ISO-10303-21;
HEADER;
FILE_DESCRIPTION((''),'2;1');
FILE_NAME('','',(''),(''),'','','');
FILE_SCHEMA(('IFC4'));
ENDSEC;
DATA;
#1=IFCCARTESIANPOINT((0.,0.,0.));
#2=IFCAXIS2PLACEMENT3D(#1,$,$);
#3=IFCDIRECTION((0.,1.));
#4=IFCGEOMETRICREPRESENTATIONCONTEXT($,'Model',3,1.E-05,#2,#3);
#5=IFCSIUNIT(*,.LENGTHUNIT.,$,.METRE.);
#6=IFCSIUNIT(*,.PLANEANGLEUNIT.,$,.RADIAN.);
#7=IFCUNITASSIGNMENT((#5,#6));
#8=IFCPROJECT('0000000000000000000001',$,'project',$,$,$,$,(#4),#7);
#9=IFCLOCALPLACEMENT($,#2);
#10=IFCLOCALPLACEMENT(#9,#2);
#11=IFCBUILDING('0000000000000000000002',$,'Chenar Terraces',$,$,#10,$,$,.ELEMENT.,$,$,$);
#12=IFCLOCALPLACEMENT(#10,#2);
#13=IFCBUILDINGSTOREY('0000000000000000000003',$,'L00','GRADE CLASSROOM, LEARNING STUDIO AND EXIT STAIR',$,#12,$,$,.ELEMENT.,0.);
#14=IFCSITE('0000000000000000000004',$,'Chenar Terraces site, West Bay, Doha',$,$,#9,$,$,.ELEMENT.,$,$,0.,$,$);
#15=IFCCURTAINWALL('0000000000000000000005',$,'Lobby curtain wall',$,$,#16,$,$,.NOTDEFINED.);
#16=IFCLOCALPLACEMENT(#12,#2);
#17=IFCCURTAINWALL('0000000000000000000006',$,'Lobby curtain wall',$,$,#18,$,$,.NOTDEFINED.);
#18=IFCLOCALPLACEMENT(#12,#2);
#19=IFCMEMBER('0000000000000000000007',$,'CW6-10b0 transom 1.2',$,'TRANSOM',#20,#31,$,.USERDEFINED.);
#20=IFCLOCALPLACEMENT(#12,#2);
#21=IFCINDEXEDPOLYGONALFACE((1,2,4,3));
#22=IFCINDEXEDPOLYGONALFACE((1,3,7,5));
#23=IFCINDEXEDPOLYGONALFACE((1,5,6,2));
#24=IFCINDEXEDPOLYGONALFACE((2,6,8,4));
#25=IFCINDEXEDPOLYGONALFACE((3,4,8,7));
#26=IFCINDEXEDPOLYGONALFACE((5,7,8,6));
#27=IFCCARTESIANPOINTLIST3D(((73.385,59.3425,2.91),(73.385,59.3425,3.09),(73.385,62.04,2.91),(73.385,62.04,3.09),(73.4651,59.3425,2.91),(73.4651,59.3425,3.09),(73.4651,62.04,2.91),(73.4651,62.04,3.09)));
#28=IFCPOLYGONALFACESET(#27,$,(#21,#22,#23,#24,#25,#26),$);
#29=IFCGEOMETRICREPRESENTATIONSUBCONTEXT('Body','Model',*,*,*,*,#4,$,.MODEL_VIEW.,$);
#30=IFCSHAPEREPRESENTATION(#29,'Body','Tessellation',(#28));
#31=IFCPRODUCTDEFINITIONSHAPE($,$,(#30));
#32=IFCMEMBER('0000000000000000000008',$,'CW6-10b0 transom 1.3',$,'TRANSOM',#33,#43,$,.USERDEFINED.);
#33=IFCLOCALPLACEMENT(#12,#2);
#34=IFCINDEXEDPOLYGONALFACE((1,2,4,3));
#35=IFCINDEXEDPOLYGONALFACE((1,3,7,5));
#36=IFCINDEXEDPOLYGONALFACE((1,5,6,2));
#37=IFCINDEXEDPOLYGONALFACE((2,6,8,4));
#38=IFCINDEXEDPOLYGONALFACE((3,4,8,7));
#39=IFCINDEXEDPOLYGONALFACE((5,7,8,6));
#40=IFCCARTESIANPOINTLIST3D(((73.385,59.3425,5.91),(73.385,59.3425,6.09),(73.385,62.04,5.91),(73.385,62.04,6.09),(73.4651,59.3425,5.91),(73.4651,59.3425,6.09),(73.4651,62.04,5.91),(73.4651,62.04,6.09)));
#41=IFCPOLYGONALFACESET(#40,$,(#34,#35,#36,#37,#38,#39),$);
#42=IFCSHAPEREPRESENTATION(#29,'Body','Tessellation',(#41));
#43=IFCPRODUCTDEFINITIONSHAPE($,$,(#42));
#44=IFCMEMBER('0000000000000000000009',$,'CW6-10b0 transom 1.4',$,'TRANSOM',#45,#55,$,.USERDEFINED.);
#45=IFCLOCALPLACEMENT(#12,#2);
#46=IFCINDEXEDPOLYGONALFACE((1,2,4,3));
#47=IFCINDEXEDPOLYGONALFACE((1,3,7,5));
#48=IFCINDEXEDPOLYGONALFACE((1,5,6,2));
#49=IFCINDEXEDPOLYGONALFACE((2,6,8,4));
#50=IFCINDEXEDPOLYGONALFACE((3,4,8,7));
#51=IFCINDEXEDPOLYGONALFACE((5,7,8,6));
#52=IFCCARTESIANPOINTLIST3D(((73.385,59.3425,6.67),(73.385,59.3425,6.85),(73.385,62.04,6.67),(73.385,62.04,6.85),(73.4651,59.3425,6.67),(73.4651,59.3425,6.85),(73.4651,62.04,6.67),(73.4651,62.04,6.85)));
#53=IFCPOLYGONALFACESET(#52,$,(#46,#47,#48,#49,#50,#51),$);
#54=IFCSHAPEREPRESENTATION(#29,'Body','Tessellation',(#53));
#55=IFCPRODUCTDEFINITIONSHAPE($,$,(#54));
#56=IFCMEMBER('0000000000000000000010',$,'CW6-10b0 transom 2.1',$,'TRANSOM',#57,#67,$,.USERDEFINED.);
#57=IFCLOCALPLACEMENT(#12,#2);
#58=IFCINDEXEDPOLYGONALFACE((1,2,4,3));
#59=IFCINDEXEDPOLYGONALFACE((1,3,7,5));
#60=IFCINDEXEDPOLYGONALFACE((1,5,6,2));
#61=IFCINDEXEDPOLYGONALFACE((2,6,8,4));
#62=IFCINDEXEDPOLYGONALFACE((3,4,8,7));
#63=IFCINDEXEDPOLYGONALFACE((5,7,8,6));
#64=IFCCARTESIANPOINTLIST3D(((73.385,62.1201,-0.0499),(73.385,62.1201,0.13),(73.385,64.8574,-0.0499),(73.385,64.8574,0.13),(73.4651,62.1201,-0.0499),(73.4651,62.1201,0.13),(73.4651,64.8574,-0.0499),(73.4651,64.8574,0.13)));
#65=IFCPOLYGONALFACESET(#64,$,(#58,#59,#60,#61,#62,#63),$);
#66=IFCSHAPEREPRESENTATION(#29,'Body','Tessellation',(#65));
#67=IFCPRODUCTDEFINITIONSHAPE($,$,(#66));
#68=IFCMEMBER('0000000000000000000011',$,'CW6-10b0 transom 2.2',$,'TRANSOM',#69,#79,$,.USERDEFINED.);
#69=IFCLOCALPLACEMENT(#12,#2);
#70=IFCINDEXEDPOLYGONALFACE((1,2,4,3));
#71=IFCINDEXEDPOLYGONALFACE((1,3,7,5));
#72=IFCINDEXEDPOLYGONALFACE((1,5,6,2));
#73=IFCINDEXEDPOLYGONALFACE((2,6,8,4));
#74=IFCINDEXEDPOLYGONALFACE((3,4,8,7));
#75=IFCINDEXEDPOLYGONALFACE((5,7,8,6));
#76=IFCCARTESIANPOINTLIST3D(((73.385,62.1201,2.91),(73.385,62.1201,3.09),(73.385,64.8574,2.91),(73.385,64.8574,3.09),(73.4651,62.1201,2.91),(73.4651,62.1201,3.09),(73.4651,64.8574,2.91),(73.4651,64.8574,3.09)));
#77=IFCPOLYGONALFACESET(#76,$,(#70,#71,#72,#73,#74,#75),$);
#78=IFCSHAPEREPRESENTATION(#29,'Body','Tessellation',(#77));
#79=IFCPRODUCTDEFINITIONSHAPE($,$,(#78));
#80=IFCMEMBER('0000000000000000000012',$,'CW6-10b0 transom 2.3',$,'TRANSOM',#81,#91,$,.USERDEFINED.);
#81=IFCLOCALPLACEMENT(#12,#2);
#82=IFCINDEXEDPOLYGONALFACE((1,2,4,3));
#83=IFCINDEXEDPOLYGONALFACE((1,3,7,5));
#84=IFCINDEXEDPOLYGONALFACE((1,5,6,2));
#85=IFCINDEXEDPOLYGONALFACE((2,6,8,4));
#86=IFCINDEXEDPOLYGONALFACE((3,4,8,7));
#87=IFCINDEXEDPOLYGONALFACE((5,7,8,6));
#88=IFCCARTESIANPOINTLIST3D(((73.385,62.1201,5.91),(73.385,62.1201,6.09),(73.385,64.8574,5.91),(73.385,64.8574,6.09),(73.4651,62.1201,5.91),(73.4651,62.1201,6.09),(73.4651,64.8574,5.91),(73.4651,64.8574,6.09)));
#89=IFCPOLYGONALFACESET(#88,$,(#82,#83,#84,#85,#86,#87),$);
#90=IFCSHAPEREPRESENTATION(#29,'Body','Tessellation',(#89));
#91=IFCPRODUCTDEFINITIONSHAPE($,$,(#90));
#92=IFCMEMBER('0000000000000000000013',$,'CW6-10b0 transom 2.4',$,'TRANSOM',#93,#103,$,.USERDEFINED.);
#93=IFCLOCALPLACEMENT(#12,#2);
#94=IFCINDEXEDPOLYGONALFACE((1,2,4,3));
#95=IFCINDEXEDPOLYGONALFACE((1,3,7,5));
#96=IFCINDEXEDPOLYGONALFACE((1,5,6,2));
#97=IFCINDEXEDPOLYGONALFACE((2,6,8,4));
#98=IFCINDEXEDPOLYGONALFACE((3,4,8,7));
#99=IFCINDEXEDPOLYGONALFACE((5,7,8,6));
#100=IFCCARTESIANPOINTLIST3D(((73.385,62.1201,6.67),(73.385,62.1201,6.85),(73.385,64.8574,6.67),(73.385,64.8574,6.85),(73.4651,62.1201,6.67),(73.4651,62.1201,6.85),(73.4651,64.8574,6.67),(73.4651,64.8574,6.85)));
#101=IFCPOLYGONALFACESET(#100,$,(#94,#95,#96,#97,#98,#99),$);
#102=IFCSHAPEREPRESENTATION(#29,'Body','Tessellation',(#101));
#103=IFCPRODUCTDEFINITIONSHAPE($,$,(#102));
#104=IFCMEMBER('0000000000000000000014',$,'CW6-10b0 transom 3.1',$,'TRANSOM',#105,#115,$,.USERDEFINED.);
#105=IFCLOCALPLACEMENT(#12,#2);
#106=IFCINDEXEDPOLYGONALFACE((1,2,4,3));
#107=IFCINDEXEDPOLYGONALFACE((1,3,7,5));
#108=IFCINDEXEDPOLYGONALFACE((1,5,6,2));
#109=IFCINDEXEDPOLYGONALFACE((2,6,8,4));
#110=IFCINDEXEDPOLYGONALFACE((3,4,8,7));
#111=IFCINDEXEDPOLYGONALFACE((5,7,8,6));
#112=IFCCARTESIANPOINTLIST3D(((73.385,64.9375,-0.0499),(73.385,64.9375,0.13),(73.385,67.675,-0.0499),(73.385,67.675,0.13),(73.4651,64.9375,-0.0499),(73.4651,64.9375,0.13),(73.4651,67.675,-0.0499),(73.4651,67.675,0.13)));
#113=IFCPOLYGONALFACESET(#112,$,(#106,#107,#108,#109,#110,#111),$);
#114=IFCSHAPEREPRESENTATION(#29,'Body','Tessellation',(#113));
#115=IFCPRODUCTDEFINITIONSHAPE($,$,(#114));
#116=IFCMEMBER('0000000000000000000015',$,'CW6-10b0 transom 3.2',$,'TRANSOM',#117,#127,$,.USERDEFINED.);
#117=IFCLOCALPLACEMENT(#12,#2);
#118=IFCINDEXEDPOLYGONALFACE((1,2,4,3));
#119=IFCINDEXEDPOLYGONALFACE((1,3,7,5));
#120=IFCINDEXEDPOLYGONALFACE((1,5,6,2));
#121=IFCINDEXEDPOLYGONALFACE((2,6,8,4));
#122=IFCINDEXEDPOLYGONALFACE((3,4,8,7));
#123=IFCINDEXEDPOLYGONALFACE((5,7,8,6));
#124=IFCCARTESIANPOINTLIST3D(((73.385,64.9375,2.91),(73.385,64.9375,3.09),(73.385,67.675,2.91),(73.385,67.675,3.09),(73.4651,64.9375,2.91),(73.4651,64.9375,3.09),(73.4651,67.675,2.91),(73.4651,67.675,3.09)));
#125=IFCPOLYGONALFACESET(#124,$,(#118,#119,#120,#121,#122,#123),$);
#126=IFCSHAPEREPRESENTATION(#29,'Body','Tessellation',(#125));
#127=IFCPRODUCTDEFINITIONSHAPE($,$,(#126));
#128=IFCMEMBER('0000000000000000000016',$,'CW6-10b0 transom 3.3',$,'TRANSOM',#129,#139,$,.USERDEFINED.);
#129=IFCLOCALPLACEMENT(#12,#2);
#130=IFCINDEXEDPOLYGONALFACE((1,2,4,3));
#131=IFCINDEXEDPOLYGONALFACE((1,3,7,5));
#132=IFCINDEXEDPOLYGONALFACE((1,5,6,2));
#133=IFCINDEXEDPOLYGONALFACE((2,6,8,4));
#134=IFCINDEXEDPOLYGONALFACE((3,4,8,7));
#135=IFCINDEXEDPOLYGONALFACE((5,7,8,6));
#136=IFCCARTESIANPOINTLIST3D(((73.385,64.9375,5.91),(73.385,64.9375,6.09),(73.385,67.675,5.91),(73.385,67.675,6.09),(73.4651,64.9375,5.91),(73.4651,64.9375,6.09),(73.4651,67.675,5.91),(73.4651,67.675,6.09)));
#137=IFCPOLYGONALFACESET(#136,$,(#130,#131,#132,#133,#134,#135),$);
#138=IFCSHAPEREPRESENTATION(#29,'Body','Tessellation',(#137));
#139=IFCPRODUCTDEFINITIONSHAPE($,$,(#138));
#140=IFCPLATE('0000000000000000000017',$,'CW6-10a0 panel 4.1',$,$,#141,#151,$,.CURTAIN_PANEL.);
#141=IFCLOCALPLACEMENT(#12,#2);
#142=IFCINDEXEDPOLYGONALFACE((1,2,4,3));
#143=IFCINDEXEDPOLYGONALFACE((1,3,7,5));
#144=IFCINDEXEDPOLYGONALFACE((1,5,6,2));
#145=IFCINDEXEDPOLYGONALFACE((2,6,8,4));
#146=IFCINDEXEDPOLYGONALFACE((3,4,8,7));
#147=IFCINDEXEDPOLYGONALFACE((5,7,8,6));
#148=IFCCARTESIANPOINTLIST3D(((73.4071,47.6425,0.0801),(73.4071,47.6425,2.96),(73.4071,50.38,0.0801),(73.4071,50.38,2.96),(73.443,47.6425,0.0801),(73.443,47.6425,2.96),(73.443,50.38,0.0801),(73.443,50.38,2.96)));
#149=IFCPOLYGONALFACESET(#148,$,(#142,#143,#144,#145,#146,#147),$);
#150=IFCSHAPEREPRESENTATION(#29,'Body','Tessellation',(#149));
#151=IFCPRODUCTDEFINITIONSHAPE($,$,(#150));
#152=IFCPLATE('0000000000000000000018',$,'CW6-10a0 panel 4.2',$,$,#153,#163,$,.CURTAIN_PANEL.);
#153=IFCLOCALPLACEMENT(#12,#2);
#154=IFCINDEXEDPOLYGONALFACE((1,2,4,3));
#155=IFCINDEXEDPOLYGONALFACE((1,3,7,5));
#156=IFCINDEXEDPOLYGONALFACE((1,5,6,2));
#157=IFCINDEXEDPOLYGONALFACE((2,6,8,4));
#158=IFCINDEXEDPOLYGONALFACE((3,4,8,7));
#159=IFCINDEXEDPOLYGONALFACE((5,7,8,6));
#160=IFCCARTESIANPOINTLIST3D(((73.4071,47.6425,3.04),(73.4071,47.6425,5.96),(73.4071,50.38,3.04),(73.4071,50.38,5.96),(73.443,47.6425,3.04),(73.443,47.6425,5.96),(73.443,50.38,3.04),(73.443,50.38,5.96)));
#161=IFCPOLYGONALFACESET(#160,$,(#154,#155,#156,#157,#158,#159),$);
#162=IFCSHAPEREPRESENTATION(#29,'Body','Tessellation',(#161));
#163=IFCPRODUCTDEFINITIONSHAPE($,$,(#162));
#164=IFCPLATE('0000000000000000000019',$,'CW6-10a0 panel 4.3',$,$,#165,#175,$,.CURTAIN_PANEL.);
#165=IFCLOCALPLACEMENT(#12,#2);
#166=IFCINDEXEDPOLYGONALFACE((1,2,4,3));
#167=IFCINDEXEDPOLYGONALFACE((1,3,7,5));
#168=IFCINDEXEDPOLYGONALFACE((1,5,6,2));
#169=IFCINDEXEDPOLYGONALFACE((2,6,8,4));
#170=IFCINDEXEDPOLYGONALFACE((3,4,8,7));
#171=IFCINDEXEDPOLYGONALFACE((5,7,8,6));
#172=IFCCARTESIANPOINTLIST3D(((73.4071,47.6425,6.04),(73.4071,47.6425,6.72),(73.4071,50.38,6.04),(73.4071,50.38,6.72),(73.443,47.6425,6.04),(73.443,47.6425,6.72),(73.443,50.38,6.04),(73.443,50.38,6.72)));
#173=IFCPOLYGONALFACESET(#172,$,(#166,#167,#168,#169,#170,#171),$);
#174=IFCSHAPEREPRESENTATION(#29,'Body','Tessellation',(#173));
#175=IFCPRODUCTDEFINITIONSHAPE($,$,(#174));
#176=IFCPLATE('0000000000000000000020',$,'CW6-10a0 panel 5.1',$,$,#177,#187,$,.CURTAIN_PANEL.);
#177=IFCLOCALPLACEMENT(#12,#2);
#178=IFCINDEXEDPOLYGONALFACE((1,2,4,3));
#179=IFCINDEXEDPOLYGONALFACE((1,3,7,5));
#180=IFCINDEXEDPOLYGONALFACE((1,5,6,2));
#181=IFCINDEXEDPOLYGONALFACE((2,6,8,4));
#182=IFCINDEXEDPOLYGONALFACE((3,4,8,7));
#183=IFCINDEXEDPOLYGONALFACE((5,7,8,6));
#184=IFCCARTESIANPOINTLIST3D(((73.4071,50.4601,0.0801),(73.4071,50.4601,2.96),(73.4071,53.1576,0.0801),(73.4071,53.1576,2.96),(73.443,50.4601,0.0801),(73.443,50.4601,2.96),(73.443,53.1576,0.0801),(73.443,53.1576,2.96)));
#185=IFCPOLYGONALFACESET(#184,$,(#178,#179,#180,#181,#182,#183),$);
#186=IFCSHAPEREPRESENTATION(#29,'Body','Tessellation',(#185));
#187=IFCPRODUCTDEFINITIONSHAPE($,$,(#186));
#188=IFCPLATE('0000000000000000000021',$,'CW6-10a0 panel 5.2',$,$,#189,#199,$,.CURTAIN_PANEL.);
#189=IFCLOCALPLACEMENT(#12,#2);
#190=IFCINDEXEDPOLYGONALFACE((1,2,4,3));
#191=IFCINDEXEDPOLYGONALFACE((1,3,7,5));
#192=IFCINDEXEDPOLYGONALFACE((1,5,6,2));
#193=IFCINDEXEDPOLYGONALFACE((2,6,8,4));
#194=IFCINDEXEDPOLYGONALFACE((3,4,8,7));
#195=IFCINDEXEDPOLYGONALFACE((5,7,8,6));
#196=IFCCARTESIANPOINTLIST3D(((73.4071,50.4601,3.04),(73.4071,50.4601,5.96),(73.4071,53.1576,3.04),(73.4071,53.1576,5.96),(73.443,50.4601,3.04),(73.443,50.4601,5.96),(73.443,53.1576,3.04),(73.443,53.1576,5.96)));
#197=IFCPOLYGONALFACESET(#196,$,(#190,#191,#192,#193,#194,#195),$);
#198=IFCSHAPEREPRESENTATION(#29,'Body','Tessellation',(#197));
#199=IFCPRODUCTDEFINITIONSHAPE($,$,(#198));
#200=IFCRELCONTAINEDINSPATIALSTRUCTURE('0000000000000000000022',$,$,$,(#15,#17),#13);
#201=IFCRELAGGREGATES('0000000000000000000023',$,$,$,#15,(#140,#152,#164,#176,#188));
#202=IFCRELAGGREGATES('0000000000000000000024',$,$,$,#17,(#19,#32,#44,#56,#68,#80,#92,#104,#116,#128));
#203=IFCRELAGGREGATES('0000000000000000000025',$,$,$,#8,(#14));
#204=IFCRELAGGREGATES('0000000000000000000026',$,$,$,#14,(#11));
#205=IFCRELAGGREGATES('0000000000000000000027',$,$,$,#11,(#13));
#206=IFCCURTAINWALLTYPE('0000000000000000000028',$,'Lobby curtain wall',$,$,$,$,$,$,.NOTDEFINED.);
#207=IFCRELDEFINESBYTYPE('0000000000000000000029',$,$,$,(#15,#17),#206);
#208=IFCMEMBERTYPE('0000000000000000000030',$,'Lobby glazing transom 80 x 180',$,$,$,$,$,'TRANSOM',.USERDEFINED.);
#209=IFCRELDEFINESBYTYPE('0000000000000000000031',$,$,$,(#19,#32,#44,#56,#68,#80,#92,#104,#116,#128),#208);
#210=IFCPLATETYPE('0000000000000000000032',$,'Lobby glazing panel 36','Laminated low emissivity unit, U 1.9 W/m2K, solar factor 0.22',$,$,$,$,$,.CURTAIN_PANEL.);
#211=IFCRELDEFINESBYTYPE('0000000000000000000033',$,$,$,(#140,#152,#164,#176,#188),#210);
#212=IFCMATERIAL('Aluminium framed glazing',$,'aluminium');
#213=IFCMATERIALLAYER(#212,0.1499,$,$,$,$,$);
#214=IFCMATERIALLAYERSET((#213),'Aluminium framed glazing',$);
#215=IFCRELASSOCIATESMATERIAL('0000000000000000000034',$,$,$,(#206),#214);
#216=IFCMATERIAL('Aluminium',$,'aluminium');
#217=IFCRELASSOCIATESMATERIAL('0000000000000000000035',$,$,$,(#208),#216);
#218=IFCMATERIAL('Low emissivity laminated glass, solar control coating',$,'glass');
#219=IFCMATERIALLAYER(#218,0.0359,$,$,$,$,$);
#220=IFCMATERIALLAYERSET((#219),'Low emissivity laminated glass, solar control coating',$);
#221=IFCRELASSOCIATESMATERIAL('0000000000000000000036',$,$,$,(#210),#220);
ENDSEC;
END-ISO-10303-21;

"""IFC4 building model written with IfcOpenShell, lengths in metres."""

from ifc_helpers import new_model, si_unit, direction, frame, origin, origin_2d, place, context, subcontext, project, spatial, rectangle, extrude, material, layer, layer_set, material_profile, profile_set, type_object, element, aggregate, save


model = new_model("IFC4")

# Units and contexts
model_context = context("Model", 3, precision=1e-05, world=origin(), true_north=direction((0.0, 1.0)))
body_context = subcontext(model_context, "Body", "Model", "MODEL_VIEW")
ifc_project = project(units=[si_unit("LENGTHUNIT", "METRE"), si_unit("PLANEANGLEUNIT", "RADIAN")], contexts=[model_context])

# Site, building, storey
site_placement = place(None, origin())
site = spatial("IfcSite", under=ifc_project, at=site_placement, Name="Chenar Terraces site, West Bay, Doha", CompositionType="ELEMENT", RefElevation=0.0)
building_placement = place(site_placement, origin())
building = spatial("IfcBuilding", under=site, at=building_placement, Name="Chenar Terraces", CompositionType="ELEMENT")
storey_placement = place(building_placement, origin())
storey = spatial("IfcBuildingStorey", under=building, at=storey_placement, Name="L00", Description="GRADE CLASSROOM, LEARNING STUDIO AND EXIT STAIR", CompositionType="ELEMENT", Elevation=0.0)

# Curtain walls
ifc_material_1 = material(Name="Aluminium framed glazing", Category="aluminium")
ifc_layer_1 = layer(ifc_material_1, 0.1499)
ifc_layer_set_1 = layer_set([ifc_layer_1], Name="Aluminium framed glazing")
curtain_wall_type = type_object("IfcCurtainWallType", Name="Lobby curtain wall", PredefinedType="NOTDEFINED", material=ifc_layer_set_1)
placement = place(storey_placement, origin())
curtain_wall_1 = element("IfcCurtainWall", 1, at=placement, inside=storey, type_object=curtain_wall_type, Name="Lobby curtain wall", PredefinedType="NOTDEFINED")
curtain_wall_2 = element("IfcCurtainWall", 2, at=placement, inside=storey, type_object=curtain_wall_type, Name="Lobby curtain wall", PredefinedType="NOTDEFINED")

# Members
ifc_material_2 = material(Name="Aluminium", Category="aluminium")
ifc_material_profile_1 = material_profile(ifc_material_2, rectangle(XDim=0.0801, YDim=0.1799, at=origin_2d()), Name="Lobby glazing transom 80 x 180")
ifc_profile_set_1 = profile_set([ifc_material_profile_1], Name="Aluminium")
member_type_1 = type_object("IfcMemberType", Name="Lobby glazing transom 80 x 180", ElementType="TRANSOM", PredefinedType="USERDEFINED", material=ifc_profile_set_1)
member_1_placement = place(storey_placement, frame((73.425, 59.3425, 3.0), z_axis=(0.0, 1.0, 0.0), x_axis=(-1.0, 0.0, 0.0)))
member_1 = element("IfcMember", 3, at=member_1_placement, type_object=member_type_1, Name="CW6-10b0 transom 1.2", ObjectType="TRANSOM", PredefinedType="USERDEFINED", context=body_context, shape_type="SweptSolid", body=[
    extrude(rectangle(XDim=0.0801, YDim=0.1799, at=origin_2d()), origin(), (0.0, 0.0, 1.0), 2.6975),
])
member_2_placement = place(storey_placement, frame((73.425, 59.3425, 6.0), z_axis=(0.0, 1.0, 0.0), x_axis=(-1.0, 0.0, 0.0)))
member_2 = element("IfcMember", 4, at=member_2_placement, type_object=member_type_1, Name="CW6-10b0 transom 1.3", ObjectType="TRANSOM", PredefinedType="USERDEFINED", context=body_context, shape_type="SweptSolid", body=[
    extrude(rectangle(XDim=0.0801, YDim=0.1799, at=origin_2d()), origin(), (0.0, 0.0, 1.0), 2.6975),
])
member_3_placement = place(storey_placement, frame((73.425, 59.3425, 6.76), z_axis=(0.0, 1.0, 0.0), x_axis=(-1.0, 0.0, 0.0)))
member_3 = element("IfcMember", 5, at=member_3_placement, type_object=member_type_1, Name="CW6-10b0 transom 1.4", ObjectType="TRANSOM", PredefinedType="USERDEFINED", context=body_context, shape_type="SweptSolid", body=[
    extrude(rectangle(XDim=0.0801, YDim=0.1799, at=origin_2d()), origin(), (0.0, 0.0, 1.0), 2.6975),
])
member_4_placement = place(storey_placement, frame((73.425, 62.1201, 0.04), z_axis=(0.0, 1.0, 0.0), x_axis=(-1.0, 0.0, 0.0)))
member_4 = element("IfcMember", 6, at=member_4_placement, type_object=member_type_1, Name="CW6-10b0 transom 2.1", ObjectType="TRANSOM", PredefinedType="USERDEFINED", context=body_context, shape_type="SweptSolid", body=[
    extrude(rectangle(XDim=0.0801, YDim=0.1799, at=origin_2d()), origin(), (0.0, 0.0, 1.0), 2.7373),
])
member_5_placement = place(storey_placement, frame((73.425, 62.1201, 3.0), z_axis=(0.0, 1.0, 0.0), x_axis=(-1.0, 0.0, 0.0)))
member_5 = element("IfcMember", 7, at=member_5_placement, type_object=member_type_1, Name="CW6-10b0 transom 2.2", ObjectType="TRANSOM", PredefinedType="USERDEFINED", context=body_context, shape_type="SweptSolid", body=[
    extrude(rectangle(XDim=0.0801, YDim=0.1799, at=origin_2d()), origin(), (0.0, 0.0, 1.0), 2.7373),
])
member_6_placement = place(storey_placement, frame((73.425, 62.1201, 6.0), z_axis=(0.0, 1.0, 0.0), x_axis=(-1.0, 0.0, 0.0)))
member_6 = element("IfcMember", 8, at=member_6_placement, type_object=member_type_1, Name="CW6-10b0 transom 2.3", ObjectType="TRANSOM", PredefinedType="USERDEFINED", context=body_context, shape_type="SweptSolid", body=[
    extrude(rectangle(XDim=0.0801, YDim=0.1799, at=origin_2d()), origin(), (0.0, 0.0, 1.0), 2.7373),
])
member_7_placement = place(storey_placement, frame((73.425, 62.1201, 6.76), z_axis=(0.0, 1.0, 0.0), x_axis=(-1.0, 0.0, 0.0)))
member_7 = element("IfcMember", 9, at=member_7_placement, type_object=member_type_1, Name="CW6-10b0 transom 2.4", ObjectType="TRANSOM", PredefinedType="USERDEFINED", context=body_context, shape_type="SweptSolid", body=[
    extrude(rectangle(XDim=0.0801, YDim=0.1799, at=origin_2d()), origin(), (0.0, 0.0, 1.0), 2.7373),
])
member_8_placement = place(storey_placement, frame((73.425, 64.9375, 0.04), z_axis=(0.0, 1.0, 0.0), x_axis=(-1.0, 0.0, 0.0)))
member_8 = element("IfcMember", 10, at=member_8_placement, type_object=member_type_1, Name="CW6-10b0 transom 3.1", ObjectType="TRANSOM", PredefinedType="USERDEFINED", context=body_context, shape_type="SweptSolid", body=[
    extrude(rectangle(XDim=0.0801, YDim=0.1799, at=origin_2d()), origin(), (0.0, 0.0, 1.0), 2.7375),
])
member_9_placement = place(storey_placement, frame((73.425, 64.9375, 3.0), z_axis=(0.0, 1.0, 0.0), x_axis=(-1.0, 0.0, 0.0)))
member_9 = element("IfcMember", 11, at=member_9_placement, type_object=member_type_1, Name="CW6-10b0 transom 3.2", ObjectType="TRANSOM", PredefinedType="USERDEFINED", context=body_context, shape_type="SweptSolid", body=[
    extrude(rectangle(XDim=0.0801, YDim=0.1799, at=origin_2d()), origin(), (0.0, 0.0, 1.0), 2.7375),
])
member_10_placement = place(storey_placement, frame((73.425, 64.9375, 6.0), z_axis=(0.0, 1.0, 0.0), x_axis=(-1.0, 0.0, 0.0)))
member_10 = element("IfcMember", 12, at=member_10_placement, type_object=member_type_1, Name="CW6-10b0 transom 3.3", ObjectType="TRANSOM", PredefinedType="USERDEFINED", context=body_context, shape_type="SweptSolid", body=[
    extrude(rectangle(XDim=0.0801, YDim=0.1799, at=origin_2d()), origin(), (0.0, 0.0, 1.0), 2.7375),
])

# Plates
ifc_material_3 = material(Name="Low emissivity laminated glass, solar control coating", Category="glass")
ifc_layer_2 = layer(ifc_material_3, 0.0359)
ifc_layer_set_2 = layer_set([ifc_layer_2], Name="Low emissivity laminated glass, solar control coating")
plate_type = type_object("IfcPlateType", Name="Lobby glazing panel 36", Description="Laminated low emissivity unit, U 1.9 W/m2K, solar factor 0.22", PredefinedType="CURTAIN_PANEL", material=ifc_layer_set_2)
plate_1_placement = place(storey_placement, frame((73.425, 49.0112, 0.0801), z_axis=(0.0, 0.0, 1.0), x_axis=(0.0, 1.0, 0.0)))
plate_1 = element("IfcPlate", 13, at=plate_1_placement, type_object=plate_type, Name="CW6-10a0 panel 4.1", PredefinedType="CURTAIN_PANEL", context=body_context, shape_type="SweptSolid", body=[
    extrude(rectangle(XDim=2.7375, YDim=0.0359, at=origin_2d()), origin(), (0.0, 0.0, 1.0), 2.8799),
])
plate_2_placement = place(storey_placement, frame((73.425, 49.0112, 3.04), z_axis=(0.0, 0.0, 1.0), x_axis=(0.0, 1.0, 0.0)))
plate_2 = element("IfcPlate", 14, at=plate_2_placement, type_object=plate_type, Name="CW6-10a0 panel 4.2", PredefinedType="CURTAIN_PANEL", context=body_context, shape_type="SweptSolid", body=[
    extrude(rectangle(XDim=2.7375, YDim=0.0359, at=origin_2d()), origin(), (0.0, 0.0, 1.0), 2.9199),
])
plate_3_placement = place(storey_placement, frame((73.425, 49.0112, 6.04), z_axis=(0.0, 0.0, 1.0), x_axis=(0.0, 1.0, 0.0)))
plate_3 = element("IfcPlate", 15, at=plate_3_placement, type_object=plate_type, Name="CW6-10a0 panel 4.3", PredefinedType="CURTAIN_PANEL", context=body_context, shape_type="SweptSolid", body=[
    extrude(rectangle(XDim=2.7375, YDim=0.0359, at=origin_2d()), origin(), (0.0, 0.0, 1.0), 0.6799),
])
plate_4_placement = place(storey_placement, frame((73.425, 51.8088, 0.0801), z_axis=(0.0, 0.0, 1.0), x_axis=(0.0, 1.0, 0.0)))
plate_4 = element("IfcPlate", 16, at=plate_4_placement, type_object=plate_type, Name="CW6-10a0 panel 5.1", PredefinedType="CURTAIN_PANEL", context=body_context, shape_type="SweptSolid", body=[
    extrude(rectangle(XDim=2.6975, YDim=0.0359, at=origin_2d()), origin(), (0.0, 0.0, 1.0), 2.8799),
])
plate_5_placement = place(storey_placement, frame((73.425, 51.8088, 3.04), z_axis=(0.0, 0.0, 1.0), x_axis=(0.0, 1.0, 0.0)))
plate_5 = element("IfcPlate", 17, at=plate_5_placement, type_object=plate_type, Name="CW6-10a0 panel 5.2", PredefinedType="CURTAIN_PANEL", context=body_context, shape_type="SweptSolid", body=[
    extrude(rectangle(XDim=2.6975, YDim=0.0359, at=origin_2d()), origin(), (0.0, 0.0, 1.0), 2.9199),
])
aggregate(curtain_wall_1, [plate_1, plate_2, plate_3, plate_4, plate_5])
aggregate(curtain_wall_2, [member_1, member_2, member_3, member_4, member_5, member_6, member_7, member_8, member_9, member_10])

save(model, "model.ifc")
